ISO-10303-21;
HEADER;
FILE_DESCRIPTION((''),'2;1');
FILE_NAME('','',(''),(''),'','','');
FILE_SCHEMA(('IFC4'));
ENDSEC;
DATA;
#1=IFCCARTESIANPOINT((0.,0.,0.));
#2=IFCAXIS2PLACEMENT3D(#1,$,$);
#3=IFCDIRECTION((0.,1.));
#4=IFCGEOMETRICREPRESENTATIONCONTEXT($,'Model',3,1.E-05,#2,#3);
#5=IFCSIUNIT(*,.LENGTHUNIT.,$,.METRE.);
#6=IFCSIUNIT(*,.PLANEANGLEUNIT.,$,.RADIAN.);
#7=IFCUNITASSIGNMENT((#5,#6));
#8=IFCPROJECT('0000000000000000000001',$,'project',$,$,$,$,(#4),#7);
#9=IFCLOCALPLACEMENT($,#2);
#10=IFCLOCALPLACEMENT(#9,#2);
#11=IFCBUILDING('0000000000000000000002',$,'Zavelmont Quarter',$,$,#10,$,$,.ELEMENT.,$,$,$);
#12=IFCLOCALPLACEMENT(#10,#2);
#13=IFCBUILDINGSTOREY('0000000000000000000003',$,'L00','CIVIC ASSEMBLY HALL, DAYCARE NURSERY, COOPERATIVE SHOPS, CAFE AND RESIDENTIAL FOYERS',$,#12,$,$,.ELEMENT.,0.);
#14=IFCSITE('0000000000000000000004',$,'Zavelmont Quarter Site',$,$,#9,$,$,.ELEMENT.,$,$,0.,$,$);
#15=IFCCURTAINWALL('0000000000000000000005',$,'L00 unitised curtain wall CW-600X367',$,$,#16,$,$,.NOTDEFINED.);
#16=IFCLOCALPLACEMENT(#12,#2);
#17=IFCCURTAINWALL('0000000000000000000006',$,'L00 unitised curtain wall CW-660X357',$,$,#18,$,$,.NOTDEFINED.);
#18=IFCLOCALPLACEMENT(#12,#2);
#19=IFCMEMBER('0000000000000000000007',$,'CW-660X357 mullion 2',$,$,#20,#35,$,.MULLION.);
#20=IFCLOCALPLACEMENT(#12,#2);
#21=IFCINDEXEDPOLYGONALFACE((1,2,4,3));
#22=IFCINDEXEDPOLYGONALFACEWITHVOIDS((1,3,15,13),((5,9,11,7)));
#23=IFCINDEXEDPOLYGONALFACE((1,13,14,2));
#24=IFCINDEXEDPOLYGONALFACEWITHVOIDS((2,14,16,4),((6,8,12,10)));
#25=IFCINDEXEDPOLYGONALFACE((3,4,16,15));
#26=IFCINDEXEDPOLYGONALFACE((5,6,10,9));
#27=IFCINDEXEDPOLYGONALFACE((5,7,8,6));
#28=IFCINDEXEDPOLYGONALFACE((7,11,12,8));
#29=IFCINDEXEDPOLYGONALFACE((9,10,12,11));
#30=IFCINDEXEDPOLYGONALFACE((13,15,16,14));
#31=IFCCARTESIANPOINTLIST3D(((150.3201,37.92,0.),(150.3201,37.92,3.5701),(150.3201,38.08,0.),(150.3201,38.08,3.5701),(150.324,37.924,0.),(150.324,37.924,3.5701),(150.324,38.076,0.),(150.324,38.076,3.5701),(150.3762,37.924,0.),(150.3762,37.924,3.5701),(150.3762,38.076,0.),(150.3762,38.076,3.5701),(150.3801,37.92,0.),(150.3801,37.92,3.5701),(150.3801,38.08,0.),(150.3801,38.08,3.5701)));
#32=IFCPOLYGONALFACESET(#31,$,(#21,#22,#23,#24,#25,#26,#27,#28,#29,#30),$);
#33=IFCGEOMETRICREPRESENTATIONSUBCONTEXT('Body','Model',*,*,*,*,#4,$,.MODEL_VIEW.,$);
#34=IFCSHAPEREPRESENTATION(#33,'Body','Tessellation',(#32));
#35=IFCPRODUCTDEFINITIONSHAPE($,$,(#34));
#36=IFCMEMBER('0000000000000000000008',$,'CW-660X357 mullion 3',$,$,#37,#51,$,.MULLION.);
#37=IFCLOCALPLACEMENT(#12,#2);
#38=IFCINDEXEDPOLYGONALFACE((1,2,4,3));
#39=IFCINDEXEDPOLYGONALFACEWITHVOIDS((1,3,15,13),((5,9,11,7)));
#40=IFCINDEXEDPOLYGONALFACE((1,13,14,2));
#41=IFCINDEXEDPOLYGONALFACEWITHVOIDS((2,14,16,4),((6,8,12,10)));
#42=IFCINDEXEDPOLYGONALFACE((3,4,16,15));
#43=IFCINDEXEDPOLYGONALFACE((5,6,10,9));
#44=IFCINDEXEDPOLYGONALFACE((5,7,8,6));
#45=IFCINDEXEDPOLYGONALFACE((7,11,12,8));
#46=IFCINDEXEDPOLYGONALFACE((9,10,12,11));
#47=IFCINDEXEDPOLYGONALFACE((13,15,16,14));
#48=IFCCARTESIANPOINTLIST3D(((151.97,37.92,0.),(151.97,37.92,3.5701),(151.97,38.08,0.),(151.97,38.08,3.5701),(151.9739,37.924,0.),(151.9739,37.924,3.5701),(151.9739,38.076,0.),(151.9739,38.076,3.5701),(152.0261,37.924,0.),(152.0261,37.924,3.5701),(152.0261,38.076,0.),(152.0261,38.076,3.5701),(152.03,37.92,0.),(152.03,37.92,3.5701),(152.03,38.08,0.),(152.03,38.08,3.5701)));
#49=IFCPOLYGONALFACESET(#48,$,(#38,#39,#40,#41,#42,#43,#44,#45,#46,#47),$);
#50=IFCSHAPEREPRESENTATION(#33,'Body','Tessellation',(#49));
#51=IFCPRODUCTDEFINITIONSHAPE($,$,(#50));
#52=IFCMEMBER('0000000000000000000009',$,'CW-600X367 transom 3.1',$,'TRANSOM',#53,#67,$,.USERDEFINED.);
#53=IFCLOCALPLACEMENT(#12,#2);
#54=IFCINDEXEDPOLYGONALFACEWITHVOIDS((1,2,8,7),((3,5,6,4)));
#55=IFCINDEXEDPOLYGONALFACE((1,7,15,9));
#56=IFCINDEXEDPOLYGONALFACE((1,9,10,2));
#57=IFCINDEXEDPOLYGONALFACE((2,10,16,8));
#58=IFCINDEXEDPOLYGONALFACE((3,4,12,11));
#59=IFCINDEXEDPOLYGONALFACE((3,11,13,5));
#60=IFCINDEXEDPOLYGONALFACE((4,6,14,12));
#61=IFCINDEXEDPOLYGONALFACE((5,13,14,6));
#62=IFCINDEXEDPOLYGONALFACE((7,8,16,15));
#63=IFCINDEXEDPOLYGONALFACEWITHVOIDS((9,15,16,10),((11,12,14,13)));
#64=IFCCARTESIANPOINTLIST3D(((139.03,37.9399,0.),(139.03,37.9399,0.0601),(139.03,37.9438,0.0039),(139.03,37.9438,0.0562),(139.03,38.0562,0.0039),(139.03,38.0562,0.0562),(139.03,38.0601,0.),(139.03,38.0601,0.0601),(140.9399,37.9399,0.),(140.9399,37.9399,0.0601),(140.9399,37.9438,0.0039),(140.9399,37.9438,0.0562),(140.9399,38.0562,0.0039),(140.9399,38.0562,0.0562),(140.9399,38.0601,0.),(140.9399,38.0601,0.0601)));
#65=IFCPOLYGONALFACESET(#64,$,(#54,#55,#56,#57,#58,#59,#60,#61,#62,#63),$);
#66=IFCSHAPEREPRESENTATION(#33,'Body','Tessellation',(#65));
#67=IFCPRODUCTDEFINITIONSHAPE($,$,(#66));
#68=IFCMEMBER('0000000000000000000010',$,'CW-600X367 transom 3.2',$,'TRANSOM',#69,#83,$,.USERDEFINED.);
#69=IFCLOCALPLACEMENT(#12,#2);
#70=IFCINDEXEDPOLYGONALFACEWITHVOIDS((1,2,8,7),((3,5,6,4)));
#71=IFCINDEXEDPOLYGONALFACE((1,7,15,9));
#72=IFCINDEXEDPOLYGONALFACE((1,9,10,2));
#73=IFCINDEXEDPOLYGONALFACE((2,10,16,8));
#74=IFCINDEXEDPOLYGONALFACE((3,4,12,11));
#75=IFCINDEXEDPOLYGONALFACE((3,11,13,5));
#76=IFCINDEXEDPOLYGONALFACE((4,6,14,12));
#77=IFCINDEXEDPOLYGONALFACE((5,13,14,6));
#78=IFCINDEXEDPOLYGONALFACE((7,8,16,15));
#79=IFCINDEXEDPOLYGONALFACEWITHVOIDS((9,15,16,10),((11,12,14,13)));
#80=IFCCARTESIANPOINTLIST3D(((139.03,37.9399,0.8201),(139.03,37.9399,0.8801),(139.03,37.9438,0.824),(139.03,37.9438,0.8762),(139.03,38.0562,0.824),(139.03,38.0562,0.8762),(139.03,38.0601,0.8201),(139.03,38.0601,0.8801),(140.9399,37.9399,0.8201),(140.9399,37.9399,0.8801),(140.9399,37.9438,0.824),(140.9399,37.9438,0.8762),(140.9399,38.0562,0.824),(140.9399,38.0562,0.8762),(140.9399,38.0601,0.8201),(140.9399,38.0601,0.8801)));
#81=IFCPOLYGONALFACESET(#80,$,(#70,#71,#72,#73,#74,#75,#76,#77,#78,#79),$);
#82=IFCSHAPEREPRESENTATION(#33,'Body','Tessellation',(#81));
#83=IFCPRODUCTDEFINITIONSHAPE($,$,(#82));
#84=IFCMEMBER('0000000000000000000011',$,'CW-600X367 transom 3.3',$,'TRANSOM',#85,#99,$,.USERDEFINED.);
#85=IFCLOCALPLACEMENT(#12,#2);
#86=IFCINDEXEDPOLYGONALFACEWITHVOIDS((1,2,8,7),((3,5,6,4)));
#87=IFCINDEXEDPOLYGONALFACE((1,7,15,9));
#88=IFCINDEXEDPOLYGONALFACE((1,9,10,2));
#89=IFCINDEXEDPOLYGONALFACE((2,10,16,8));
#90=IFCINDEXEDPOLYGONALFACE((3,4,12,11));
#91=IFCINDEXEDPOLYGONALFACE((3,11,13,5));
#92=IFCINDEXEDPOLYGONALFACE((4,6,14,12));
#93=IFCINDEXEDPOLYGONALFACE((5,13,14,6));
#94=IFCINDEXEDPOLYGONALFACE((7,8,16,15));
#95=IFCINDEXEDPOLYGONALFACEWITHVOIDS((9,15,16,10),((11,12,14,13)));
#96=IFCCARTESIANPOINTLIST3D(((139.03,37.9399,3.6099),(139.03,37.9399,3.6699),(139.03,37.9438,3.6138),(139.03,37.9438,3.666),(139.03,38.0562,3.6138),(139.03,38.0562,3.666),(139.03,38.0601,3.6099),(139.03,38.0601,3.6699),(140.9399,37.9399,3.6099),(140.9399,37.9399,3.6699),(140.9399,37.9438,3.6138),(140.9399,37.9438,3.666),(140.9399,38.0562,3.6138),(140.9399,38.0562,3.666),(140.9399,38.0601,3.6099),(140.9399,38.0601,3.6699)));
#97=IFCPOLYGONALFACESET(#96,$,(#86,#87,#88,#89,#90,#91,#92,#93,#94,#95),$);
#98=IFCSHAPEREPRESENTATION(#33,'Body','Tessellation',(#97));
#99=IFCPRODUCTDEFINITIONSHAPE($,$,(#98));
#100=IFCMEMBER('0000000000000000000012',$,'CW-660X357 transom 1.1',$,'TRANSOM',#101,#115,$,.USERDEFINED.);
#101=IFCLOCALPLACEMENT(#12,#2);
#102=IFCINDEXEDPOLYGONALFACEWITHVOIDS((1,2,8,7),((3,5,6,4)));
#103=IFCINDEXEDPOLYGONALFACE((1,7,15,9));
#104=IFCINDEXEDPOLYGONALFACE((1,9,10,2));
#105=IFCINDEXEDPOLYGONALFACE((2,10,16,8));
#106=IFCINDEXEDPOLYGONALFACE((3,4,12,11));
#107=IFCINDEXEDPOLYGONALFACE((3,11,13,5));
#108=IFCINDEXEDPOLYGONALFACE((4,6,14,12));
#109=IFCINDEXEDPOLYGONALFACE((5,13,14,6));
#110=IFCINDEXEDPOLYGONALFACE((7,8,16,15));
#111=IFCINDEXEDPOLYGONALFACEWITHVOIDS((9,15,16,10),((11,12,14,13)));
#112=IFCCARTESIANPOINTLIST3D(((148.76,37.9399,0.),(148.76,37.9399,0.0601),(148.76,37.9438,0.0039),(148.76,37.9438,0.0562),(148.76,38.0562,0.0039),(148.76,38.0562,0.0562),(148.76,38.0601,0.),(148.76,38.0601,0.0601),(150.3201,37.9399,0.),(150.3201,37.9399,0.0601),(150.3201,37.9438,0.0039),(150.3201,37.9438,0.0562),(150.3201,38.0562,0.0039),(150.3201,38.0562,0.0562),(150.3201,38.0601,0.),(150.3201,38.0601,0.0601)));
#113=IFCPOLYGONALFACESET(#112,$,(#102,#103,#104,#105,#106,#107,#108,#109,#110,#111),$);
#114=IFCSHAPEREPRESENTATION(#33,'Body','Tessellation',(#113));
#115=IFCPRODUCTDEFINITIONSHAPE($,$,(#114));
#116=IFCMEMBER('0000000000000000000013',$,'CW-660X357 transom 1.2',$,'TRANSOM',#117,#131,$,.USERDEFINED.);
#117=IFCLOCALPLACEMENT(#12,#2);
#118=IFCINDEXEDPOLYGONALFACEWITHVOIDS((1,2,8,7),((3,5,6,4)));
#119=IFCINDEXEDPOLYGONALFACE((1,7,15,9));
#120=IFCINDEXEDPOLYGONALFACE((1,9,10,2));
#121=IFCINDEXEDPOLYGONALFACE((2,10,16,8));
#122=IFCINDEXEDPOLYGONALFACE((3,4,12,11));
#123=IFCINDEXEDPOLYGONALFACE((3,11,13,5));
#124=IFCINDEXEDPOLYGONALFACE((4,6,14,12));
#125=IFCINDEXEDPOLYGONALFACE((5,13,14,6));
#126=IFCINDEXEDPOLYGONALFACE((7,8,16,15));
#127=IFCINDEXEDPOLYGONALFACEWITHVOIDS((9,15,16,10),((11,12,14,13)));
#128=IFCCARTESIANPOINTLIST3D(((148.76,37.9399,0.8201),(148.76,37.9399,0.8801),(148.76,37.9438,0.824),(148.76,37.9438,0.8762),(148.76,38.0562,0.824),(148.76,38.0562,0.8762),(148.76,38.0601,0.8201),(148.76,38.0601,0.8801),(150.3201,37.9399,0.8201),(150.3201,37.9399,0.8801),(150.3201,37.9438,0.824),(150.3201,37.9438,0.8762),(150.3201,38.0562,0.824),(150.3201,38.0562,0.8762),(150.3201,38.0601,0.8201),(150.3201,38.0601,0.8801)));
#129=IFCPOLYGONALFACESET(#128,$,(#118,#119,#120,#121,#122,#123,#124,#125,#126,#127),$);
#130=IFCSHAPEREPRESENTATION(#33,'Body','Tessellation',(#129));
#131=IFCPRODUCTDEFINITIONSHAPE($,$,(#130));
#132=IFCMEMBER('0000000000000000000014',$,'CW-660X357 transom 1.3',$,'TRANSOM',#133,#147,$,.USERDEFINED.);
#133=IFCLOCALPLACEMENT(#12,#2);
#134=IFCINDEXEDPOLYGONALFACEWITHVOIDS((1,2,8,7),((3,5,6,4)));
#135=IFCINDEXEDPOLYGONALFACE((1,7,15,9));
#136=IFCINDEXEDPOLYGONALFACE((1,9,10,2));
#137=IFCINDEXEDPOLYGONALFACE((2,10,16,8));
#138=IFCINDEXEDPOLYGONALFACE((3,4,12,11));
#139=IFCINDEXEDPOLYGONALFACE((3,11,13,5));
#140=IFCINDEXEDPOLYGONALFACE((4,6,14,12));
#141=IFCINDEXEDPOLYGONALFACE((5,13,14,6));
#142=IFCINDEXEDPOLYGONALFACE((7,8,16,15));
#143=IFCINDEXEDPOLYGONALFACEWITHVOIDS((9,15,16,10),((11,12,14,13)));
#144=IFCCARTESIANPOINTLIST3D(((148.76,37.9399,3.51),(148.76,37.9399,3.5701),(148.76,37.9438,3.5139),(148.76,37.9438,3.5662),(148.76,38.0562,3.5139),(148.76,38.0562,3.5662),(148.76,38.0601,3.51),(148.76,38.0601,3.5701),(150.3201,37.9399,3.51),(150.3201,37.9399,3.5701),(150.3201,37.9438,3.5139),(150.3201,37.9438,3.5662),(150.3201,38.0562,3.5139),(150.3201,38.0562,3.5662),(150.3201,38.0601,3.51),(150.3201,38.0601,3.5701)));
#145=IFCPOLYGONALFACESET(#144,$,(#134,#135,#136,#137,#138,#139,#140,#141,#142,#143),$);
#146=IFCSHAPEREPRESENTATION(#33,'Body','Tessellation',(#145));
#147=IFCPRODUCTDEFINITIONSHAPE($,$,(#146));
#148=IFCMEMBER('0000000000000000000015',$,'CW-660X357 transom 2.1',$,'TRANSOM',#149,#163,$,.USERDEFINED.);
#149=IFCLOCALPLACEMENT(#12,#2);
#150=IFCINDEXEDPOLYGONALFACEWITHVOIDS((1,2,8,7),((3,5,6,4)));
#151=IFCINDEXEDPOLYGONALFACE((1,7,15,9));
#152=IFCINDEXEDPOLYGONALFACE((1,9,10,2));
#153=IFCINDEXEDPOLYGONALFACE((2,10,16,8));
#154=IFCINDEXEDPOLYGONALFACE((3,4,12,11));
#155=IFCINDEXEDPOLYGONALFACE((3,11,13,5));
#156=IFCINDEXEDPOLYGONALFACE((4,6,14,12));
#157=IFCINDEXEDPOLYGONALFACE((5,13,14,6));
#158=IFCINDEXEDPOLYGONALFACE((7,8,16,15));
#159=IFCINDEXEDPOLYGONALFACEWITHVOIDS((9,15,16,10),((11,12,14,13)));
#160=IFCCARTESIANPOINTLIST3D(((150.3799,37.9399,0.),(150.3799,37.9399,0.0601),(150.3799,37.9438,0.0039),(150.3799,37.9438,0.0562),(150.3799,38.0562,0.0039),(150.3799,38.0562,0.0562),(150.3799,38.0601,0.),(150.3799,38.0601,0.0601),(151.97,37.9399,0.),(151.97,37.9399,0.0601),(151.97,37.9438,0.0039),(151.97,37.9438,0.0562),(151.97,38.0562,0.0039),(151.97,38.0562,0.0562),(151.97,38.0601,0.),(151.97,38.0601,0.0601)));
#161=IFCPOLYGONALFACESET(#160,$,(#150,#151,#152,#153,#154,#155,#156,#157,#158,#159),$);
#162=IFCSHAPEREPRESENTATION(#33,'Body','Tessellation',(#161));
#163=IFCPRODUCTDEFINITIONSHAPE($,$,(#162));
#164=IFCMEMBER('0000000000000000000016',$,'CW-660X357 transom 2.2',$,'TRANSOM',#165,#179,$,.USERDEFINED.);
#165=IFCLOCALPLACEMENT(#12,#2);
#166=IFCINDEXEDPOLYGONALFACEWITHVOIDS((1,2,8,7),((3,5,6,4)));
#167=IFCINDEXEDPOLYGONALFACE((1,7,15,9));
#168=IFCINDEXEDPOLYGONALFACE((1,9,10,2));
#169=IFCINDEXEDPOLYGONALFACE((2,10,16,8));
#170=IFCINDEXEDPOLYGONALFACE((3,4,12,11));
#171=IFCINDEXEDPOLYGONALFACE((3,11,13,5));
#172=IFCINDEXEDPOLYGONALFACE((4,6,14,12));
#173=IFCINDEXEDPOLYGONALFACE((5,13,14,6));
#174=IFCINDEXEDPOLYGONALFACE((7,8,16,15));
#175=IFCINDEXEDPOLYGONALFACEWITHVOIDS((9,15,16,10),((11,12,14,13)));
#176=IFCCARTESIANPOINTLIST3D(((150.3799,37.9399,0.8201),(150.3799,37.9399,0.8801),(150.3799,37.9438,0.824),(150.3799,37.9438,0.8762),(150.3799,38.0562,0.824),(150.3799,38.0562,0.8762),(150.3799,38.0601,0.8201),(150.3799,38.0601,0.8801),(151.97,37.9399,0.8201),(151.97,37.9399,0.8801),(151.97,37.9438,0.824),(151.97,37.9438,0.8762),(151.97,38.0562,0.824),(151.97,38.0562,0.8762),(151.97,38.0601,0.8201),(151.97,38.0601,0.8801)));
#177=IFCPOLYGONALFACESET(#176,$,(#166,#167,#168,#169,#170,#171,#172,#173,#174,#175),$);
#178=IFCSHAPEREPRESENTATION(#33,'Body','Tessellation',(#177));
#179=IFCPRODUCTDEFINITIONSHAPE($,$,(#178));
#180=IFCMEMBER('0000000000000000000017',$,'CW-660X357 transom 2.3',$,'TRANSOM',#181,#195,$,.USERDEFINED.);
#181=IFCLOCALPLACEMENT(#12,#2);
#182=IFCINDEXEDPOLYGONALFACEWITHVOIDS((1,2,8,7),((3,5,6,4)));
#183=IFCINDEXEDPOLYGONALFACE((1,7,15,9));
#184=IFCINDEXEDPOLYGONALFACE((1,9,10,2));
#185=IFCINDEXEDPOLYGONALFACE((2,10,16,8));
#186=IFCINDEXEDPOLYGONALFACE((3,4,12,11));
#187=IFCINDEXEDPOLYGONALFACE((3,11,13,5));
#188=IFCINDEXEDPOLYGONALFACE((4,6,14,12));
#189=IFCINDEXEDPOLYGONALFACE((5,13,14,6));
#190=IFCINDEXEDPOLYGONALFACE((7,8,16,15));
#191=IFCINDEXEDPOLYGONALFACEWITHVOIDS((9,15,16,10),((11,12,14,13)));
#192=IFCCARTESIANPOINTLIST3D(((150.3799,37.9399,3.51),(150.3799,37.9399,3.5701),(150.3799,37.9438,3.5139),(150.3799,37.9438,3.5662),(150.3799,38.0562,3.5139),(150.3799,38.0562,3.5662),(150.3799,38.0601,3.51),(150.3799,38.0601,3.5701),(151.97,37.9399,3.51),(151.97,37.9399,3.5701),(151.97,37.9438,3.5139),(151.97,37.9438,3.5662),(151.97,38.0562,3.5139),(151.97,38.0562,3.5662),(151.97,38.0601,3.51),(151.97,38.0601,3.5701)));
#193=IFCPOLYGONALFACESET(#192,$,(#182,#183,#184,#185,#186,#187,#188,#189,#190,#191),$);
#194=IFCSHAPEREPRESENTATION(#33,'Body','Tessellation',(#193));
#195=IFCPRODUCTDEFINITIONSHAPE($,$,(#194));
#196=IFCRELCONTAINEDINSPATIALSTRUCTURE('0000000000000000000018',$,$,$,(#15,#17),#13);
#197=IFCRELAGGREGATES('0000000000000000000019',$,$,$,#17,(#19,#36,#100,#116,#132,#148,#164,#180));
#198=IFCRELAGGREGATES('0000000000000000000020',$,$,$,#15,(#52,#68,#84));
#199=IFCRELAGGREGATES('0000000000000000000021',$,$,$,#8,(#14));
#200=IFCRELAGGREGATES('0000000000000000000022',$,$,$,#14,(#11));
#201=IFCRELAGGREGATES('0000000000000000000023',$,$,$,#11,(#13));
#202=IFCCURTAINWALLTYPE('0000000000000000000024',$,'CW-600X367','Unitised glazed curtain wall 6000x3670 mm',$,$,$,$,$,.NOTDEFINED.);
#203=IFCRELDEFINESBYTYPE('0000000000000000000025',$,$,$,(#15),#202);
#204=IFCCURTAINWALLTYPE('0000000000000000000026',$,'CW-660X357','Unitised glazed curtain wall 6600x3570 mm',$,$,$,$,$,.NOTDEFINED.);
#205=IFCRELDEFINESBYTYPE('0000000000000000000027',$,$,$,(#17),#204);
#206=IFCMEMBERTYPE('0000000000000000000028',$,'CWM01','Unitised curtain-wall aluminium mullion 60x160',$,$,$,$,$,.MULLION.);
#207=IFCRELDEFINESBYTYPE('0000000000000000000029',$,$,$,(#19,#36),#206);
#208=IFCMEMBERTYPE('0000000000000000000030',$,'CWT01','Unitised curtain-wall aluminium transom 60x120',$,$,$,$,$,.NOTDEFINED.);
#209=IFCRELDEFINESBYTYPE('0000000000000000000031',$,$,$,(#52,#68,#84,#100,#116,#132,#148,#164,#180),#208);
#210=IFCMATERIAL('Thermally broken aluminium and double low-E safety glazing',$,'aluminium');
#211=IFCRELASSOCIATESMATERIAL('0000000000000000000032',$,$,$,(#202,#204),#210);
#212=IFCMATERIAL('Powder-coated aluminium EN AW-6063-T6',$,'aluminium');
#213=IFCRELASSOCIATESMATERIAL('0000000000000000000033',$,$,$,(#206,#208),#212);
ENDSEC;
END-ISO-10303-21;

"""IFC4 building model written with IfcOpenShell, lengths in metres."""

from ifc_helpers import new_model, si_unit, direction, frame, origin, origin_2d, place, context, subcontext, project, spatial, hollow_rectangle, extrude, material, material_profile, profile_set, type_object, element, aggregate, save


model = new_model("IFC4")

# Units and contexts
model_context = context("Model", 3, precision=1e-05, world=origin(), true_north=direction((0.0, 1.0)))
body_context = subcontext(model_context, "Body", "Model", "MODEL_VIEW")
ifc_project = project(units=[si_unit("LENGTHUNIT", "METRE"), si_unit("PLANEANGLEUNIT", "RADIAN")], contexts=[model_context])

# Site, building, storey
site_placement = place(None, origin())
site = spatial("IfcSite", under=ifc_project, at=site_placement, Name="Zavelmont Quarter Site", CompositionType="ELEMENT", RefElevation=0.0)
building_placement = place(site_placement, origin())
building = spatial("IfcBuilding", under=site, at=building_placement, Name="Zavelmont Quarter", CompositionType="ELEMENT")
storey_placement = place(building_placement, origin())
storey = spatial("IfcBuildingStorey", under=building, at=storey_placement, Name="L00", Description="CIVIC ASSEMBLY HALL, DAYCARE NURSERY, COOPERATIVE SHOPS, CAFE AND RESIDENTIAL FOYERS", CompositionType="ELEMENT", Elevation=0.0)

# Curtain walls, members
ifc_material_1 = material(Name="Thermally broken aluminium and double low-E safety glazing", Category="aluminium")
curtain_wall_type_1 = type_object("IfcCurtainWallType", Name="CW-600X367", Description="Unitised glazed curtain wall 6000x3670 mm", PredefinedType="NOTDEFINED", material=ifc_material_1)
curtain_wall_1_placement = place(storey_placement, origin())
curtain_wall_1 = element("IfcCurtainWall", 1, at=curtain_wall_1_placement, inside=storey, type_object=curtain_wall_type_1, Name="L00 unitised curtain wall CW-600X367", PredefinedType="NOTDEFINED")
ifc_material_2 = material(Name="Powder-coated aluminium EN AW-6063-T6", Category="aluminium")
ifc_material_profile_1 = material_profile(ifc_material_2, hollow_rectangle(XDim=0.0601, YDim=0.1599, WallThickness=0.0039, at=origin_2d()), Name="CWM60X160")
ifc_profile_set_1 = profile_set([ifc_material_profile_1], Name="Powder-coated aluminium EN AW-6063-T6")
member_type_1 = type_object("IfcMemberType", Name="CWM01", Description="Unitised curtain-wall aluminium mullion 60x160", PredefinedType="MULLION", material=ifc_profile_set_1)
curtain_wall_type_2 = type_object("IfcCurtainWallType", Name="CW-660X357", Description="Unitised glazed curtain wall 6600x3570 mm", PredefinedType="NOTDEFINED", material=ifc_material_1)
curtain_wall_2_placement = place(storey_placement, origin())
curtain_wall_2 = element("IfcCurtainWall", 2, at=curtain_wall_2_placement, inside=storey, type_object=curtain_wall_type_2, Name="L00 unitised curtain wall CW-660X357", PredefinedType="NOTDEFINED")
member_1_placement = place(storey_placement, frame((150.3501, 38.0, 0.0), z_axis=(0.0, 0.0, 1.0), x_axis=(1.0, 0.0, 0.0)))
member_1 = element("IfcMember", 3, at=member_1_placement, type_object=member_type_1, Name="CW-660X357 mullion 2", PredefinedType="MULLION", context=body_context, shape_type="SweptSolid", body=[
    extrude(hollow_rectangle(XDim=0.0601, YDim=0.1599, WallThickness=0.0039, at=origin_2d()), origin(), (0.0, 0.0, 1.0), 3.5701),
])
member_2_placement = place(storey_placement, frame((152.0, 38.0, 0.0), z_axis=(0.0, 0.0, 1.0), x_axis=(1.0, 0.0, 0.0)))
member_2 = element("IfcMember", 4, at=member_2_placement, type_object=member_type_1, Name="CW-660X357 mullion 3", PredefinedType="MULLION", context=body_context, shape_type="SweptSolid", body=[
    extrude(hollow_rectangle(XDim=0.0601, YDim=0.1599, WallThickness=0.0039, at=origin_2d()), origin(), (0.0, 0.0, 1.0), 3.5701),
])

# Members
ifc_material_profile_2 = material_profile(ifc_material_2, hollow_rectangle(XDim=0.1201, YDim=0.0601, WallThickness=0.0039, at=origin_2d()), Name="CWT60X120")
ifc_profile_set_2 = profile_set([ifc_material_profile_2], Name="Powder-coated aluminium EN AW-6063-T6")
member_type_2 = type_object("IfcMemberType", Name="CWT01", Description="Unitised curtain-wall aluminium transom 60x120", PredefinedType="NOTDEFINED", material=ifc_profile_set_2)
member_3_placement = place(storey_placement, frame((139.03, 38.0, 0.03), z_axis=(1.0, 0.0, 0.0), x_axis=(0.0, 1.0, 0.0)))
member_3 = element("IfcMember", 5, at=member_3_placement, type_object=member_type_2, Name="CW-600X367 transom 3.1", ObjectType="TRANSOM", PredefinedType="USERDEFINED", context=body_context, shape_type="SweptSolid", body=[
    extrude(hollow_rectangle(XDim=0.1201, YDim=0.0601, WallThickness=0.0039, at=origin_2d()), origin(), (0.0, 0.0, 1.0), 1.9099),
])
member_4_placement = place(storey_placement, frame((139.03, 38.0, 0.8501), z_axis=(1.0, 0.0, 0.0), x_axis=(0.0, 1.0, 0.0)))
member_4 = element("IfcMember", 6, at=member_4_placement, type_object=member_type_2, Name="CW-600X367 transom 3.2", ObjectType="TRANSOM", PredefinedType="USERDEFINED", context=body_context, shape_type="SweptSolid", body=[
    extrude(hollow_rectangle(XDim=0.1201, YDim=0.0601, WallThickness=0.0039, at=origin_2d()), origin(), (0.0, 0.0, 1.0), 1.9099),
])
member_5_placement = place(storey_placement, frame((139.03, 38.0, 3.6399), z_axis=(1.0, 0.0, 0.0), x_axis=(0.0, 1.0, 0.0)))
member_5 = element("IfcMember", 7, at=member_5_placement, type_object=member_type_2, Name="CW-600X367 transom 3.3", ObjectType="TRANSOM", PredefinedType="USERDEFINED", context=body_context, shape_type="SweptSolid", body=[
    extrude(hollow_rectangle(XDim=0.1201, YDim=0.0601, WallThickness=0.0039, at=origin_2d()), origin(), (0.0, 0.0, 1.0), 1.9099),
])
member_6_placement = place(storey_placement, frame((148.76, 38.0, 0.03), z_axis=(1.0, 0.0, 0.0), x_axis=(0.0, 1.0, 0.0)))
member_6 = element("IfcMember", 8, at=member_6_placement, type_object=member_type_2, Name="CW-660X357 transom 1.1", ObjectType="TRANSOM", PredefinedType="USERDEFINED", context=body_context, shape_type="SweptSolid", body=[
    extrude(hollow_rectangle(XDim=0.1201, YDim=0.0601, WallThickness=0.0039, at=origin_2d()), origin(), (0.0, 0.0, 1.0), 1.5601),
])
member_7_placement = place(storey_placement, frame((148.76, 38.0, 0.8501), z_axis=(1.0, 0.0, 0.0), x_axis=(0.0, 1.0, 0.0)))
member_7 = element("IfcMember", 9, at=member_7_placement, type_object=member_type_2, Name="CW-660X357 transom 1.2", ObjectType="TRANSOM", PredefinedType="USERDEFINED", context=body_context, shape_type="SweptSolid", body=[
    extrude(hollow_rectangle(XDim=0.1201, YDim=0.0601, WallThickness=0.0039, at=origin_2d()), origin(), (0.0, 0.0, 1.0), 1.5601),
])
member_8_placement = place(storey_placement, frame((148.76, 38.0, 3.54), z_axis=(1.0, 0.0, 0.0), x_axis=(0.0, 1.0, 0.0)))
member_8 = element("IfcMember", 10, at=member_8_placement, type_object=member_type_2, Name="CW-660X357 transom 1.3", ObjectType="TRANSOM", PredefinedType="USERDEFINED", context=body_context, shape_type="SweptSolid", body=[
    extrude(hollow_rectangle(XDim=0.1201, YDim=0.0601, WallThickness=0.0039, at=origin_2d()), origin(), (0.0, 0.0, 1.0), 1.5601),
])
member_9_placement = place(storey_placement, frame((150.3799, 38.0, 0.03), z_axis=(1.0, 0.0, 0.0), x_axis=(0.0, 1.0, 0.0)))
member_9 = element("IfcMember", 11, at=member_9_placement, type_object=member_type_2, Name="CW-660X357 transom 2.1", ObjectType="TRANSOM", PredefinedType="USERDEFINED", context=body_context, shape_type="SweptSolid", body=[
    extrude(hollow_rectangle(XDim=0.1201, YDim=0.0601, WallThickness=0.0039, at=origin_2d()), origin(), (0.0, 0.0, 1.0), 1.5901),
])
member_10_placement = place(storey_placement, frame((150.3799, 38.0, 0.8501), z_axis=(1.0, 0.0, 0.0), x_axis=(0.0, 1.0, 0.0)))
member_10 = element("IfcMember", 12, at=member_10_placement, type_object=member_type_2, Name="CW-660X357 transom 2.2", ObjectType="TRANSOM", PredefinedType="USERDEFINED", context=body_context, shape_type="SweptSolid", body=[
    extrude(hollow_rectangle(XDim=0.1201, YDim=0.0601, WallThickness=0.0039, at=origin_2d()), origin(), (0.0, 0.0, 1.0), 1.5901),
])
member_11_placement = place(storey_placement, frame((150.3799, 38.0, 3.54), z_axis=(1.0, 0.0, 0.0), x_axis=(0.0, 1.0, 0.0)))
member_11 = element("IfcMember", 13, at=member_11_placement, type_object=member_type_2, Name="CW-660X357 transom 2.3", ObjectType="TRANSOM", PredefinedType="USERDEFINED", context=body_context, shape_type="SweptSolid", body=[
    extrude(hollow_rectangle(XDim=0.1201, YDim=0.0601, WallThickness=0.0039, at=origin_2d()), origin(), (0.0, 0.0, 1.0), 1.5901),
])

aggregate(curtain_wall_2, [member_1, member_2, member_6, member_7, member_8, member_9, member_10, member_11])
aggregate(curtain_wall_1, [member_3, member_4, member_5])

save(model, "model.ifc")
